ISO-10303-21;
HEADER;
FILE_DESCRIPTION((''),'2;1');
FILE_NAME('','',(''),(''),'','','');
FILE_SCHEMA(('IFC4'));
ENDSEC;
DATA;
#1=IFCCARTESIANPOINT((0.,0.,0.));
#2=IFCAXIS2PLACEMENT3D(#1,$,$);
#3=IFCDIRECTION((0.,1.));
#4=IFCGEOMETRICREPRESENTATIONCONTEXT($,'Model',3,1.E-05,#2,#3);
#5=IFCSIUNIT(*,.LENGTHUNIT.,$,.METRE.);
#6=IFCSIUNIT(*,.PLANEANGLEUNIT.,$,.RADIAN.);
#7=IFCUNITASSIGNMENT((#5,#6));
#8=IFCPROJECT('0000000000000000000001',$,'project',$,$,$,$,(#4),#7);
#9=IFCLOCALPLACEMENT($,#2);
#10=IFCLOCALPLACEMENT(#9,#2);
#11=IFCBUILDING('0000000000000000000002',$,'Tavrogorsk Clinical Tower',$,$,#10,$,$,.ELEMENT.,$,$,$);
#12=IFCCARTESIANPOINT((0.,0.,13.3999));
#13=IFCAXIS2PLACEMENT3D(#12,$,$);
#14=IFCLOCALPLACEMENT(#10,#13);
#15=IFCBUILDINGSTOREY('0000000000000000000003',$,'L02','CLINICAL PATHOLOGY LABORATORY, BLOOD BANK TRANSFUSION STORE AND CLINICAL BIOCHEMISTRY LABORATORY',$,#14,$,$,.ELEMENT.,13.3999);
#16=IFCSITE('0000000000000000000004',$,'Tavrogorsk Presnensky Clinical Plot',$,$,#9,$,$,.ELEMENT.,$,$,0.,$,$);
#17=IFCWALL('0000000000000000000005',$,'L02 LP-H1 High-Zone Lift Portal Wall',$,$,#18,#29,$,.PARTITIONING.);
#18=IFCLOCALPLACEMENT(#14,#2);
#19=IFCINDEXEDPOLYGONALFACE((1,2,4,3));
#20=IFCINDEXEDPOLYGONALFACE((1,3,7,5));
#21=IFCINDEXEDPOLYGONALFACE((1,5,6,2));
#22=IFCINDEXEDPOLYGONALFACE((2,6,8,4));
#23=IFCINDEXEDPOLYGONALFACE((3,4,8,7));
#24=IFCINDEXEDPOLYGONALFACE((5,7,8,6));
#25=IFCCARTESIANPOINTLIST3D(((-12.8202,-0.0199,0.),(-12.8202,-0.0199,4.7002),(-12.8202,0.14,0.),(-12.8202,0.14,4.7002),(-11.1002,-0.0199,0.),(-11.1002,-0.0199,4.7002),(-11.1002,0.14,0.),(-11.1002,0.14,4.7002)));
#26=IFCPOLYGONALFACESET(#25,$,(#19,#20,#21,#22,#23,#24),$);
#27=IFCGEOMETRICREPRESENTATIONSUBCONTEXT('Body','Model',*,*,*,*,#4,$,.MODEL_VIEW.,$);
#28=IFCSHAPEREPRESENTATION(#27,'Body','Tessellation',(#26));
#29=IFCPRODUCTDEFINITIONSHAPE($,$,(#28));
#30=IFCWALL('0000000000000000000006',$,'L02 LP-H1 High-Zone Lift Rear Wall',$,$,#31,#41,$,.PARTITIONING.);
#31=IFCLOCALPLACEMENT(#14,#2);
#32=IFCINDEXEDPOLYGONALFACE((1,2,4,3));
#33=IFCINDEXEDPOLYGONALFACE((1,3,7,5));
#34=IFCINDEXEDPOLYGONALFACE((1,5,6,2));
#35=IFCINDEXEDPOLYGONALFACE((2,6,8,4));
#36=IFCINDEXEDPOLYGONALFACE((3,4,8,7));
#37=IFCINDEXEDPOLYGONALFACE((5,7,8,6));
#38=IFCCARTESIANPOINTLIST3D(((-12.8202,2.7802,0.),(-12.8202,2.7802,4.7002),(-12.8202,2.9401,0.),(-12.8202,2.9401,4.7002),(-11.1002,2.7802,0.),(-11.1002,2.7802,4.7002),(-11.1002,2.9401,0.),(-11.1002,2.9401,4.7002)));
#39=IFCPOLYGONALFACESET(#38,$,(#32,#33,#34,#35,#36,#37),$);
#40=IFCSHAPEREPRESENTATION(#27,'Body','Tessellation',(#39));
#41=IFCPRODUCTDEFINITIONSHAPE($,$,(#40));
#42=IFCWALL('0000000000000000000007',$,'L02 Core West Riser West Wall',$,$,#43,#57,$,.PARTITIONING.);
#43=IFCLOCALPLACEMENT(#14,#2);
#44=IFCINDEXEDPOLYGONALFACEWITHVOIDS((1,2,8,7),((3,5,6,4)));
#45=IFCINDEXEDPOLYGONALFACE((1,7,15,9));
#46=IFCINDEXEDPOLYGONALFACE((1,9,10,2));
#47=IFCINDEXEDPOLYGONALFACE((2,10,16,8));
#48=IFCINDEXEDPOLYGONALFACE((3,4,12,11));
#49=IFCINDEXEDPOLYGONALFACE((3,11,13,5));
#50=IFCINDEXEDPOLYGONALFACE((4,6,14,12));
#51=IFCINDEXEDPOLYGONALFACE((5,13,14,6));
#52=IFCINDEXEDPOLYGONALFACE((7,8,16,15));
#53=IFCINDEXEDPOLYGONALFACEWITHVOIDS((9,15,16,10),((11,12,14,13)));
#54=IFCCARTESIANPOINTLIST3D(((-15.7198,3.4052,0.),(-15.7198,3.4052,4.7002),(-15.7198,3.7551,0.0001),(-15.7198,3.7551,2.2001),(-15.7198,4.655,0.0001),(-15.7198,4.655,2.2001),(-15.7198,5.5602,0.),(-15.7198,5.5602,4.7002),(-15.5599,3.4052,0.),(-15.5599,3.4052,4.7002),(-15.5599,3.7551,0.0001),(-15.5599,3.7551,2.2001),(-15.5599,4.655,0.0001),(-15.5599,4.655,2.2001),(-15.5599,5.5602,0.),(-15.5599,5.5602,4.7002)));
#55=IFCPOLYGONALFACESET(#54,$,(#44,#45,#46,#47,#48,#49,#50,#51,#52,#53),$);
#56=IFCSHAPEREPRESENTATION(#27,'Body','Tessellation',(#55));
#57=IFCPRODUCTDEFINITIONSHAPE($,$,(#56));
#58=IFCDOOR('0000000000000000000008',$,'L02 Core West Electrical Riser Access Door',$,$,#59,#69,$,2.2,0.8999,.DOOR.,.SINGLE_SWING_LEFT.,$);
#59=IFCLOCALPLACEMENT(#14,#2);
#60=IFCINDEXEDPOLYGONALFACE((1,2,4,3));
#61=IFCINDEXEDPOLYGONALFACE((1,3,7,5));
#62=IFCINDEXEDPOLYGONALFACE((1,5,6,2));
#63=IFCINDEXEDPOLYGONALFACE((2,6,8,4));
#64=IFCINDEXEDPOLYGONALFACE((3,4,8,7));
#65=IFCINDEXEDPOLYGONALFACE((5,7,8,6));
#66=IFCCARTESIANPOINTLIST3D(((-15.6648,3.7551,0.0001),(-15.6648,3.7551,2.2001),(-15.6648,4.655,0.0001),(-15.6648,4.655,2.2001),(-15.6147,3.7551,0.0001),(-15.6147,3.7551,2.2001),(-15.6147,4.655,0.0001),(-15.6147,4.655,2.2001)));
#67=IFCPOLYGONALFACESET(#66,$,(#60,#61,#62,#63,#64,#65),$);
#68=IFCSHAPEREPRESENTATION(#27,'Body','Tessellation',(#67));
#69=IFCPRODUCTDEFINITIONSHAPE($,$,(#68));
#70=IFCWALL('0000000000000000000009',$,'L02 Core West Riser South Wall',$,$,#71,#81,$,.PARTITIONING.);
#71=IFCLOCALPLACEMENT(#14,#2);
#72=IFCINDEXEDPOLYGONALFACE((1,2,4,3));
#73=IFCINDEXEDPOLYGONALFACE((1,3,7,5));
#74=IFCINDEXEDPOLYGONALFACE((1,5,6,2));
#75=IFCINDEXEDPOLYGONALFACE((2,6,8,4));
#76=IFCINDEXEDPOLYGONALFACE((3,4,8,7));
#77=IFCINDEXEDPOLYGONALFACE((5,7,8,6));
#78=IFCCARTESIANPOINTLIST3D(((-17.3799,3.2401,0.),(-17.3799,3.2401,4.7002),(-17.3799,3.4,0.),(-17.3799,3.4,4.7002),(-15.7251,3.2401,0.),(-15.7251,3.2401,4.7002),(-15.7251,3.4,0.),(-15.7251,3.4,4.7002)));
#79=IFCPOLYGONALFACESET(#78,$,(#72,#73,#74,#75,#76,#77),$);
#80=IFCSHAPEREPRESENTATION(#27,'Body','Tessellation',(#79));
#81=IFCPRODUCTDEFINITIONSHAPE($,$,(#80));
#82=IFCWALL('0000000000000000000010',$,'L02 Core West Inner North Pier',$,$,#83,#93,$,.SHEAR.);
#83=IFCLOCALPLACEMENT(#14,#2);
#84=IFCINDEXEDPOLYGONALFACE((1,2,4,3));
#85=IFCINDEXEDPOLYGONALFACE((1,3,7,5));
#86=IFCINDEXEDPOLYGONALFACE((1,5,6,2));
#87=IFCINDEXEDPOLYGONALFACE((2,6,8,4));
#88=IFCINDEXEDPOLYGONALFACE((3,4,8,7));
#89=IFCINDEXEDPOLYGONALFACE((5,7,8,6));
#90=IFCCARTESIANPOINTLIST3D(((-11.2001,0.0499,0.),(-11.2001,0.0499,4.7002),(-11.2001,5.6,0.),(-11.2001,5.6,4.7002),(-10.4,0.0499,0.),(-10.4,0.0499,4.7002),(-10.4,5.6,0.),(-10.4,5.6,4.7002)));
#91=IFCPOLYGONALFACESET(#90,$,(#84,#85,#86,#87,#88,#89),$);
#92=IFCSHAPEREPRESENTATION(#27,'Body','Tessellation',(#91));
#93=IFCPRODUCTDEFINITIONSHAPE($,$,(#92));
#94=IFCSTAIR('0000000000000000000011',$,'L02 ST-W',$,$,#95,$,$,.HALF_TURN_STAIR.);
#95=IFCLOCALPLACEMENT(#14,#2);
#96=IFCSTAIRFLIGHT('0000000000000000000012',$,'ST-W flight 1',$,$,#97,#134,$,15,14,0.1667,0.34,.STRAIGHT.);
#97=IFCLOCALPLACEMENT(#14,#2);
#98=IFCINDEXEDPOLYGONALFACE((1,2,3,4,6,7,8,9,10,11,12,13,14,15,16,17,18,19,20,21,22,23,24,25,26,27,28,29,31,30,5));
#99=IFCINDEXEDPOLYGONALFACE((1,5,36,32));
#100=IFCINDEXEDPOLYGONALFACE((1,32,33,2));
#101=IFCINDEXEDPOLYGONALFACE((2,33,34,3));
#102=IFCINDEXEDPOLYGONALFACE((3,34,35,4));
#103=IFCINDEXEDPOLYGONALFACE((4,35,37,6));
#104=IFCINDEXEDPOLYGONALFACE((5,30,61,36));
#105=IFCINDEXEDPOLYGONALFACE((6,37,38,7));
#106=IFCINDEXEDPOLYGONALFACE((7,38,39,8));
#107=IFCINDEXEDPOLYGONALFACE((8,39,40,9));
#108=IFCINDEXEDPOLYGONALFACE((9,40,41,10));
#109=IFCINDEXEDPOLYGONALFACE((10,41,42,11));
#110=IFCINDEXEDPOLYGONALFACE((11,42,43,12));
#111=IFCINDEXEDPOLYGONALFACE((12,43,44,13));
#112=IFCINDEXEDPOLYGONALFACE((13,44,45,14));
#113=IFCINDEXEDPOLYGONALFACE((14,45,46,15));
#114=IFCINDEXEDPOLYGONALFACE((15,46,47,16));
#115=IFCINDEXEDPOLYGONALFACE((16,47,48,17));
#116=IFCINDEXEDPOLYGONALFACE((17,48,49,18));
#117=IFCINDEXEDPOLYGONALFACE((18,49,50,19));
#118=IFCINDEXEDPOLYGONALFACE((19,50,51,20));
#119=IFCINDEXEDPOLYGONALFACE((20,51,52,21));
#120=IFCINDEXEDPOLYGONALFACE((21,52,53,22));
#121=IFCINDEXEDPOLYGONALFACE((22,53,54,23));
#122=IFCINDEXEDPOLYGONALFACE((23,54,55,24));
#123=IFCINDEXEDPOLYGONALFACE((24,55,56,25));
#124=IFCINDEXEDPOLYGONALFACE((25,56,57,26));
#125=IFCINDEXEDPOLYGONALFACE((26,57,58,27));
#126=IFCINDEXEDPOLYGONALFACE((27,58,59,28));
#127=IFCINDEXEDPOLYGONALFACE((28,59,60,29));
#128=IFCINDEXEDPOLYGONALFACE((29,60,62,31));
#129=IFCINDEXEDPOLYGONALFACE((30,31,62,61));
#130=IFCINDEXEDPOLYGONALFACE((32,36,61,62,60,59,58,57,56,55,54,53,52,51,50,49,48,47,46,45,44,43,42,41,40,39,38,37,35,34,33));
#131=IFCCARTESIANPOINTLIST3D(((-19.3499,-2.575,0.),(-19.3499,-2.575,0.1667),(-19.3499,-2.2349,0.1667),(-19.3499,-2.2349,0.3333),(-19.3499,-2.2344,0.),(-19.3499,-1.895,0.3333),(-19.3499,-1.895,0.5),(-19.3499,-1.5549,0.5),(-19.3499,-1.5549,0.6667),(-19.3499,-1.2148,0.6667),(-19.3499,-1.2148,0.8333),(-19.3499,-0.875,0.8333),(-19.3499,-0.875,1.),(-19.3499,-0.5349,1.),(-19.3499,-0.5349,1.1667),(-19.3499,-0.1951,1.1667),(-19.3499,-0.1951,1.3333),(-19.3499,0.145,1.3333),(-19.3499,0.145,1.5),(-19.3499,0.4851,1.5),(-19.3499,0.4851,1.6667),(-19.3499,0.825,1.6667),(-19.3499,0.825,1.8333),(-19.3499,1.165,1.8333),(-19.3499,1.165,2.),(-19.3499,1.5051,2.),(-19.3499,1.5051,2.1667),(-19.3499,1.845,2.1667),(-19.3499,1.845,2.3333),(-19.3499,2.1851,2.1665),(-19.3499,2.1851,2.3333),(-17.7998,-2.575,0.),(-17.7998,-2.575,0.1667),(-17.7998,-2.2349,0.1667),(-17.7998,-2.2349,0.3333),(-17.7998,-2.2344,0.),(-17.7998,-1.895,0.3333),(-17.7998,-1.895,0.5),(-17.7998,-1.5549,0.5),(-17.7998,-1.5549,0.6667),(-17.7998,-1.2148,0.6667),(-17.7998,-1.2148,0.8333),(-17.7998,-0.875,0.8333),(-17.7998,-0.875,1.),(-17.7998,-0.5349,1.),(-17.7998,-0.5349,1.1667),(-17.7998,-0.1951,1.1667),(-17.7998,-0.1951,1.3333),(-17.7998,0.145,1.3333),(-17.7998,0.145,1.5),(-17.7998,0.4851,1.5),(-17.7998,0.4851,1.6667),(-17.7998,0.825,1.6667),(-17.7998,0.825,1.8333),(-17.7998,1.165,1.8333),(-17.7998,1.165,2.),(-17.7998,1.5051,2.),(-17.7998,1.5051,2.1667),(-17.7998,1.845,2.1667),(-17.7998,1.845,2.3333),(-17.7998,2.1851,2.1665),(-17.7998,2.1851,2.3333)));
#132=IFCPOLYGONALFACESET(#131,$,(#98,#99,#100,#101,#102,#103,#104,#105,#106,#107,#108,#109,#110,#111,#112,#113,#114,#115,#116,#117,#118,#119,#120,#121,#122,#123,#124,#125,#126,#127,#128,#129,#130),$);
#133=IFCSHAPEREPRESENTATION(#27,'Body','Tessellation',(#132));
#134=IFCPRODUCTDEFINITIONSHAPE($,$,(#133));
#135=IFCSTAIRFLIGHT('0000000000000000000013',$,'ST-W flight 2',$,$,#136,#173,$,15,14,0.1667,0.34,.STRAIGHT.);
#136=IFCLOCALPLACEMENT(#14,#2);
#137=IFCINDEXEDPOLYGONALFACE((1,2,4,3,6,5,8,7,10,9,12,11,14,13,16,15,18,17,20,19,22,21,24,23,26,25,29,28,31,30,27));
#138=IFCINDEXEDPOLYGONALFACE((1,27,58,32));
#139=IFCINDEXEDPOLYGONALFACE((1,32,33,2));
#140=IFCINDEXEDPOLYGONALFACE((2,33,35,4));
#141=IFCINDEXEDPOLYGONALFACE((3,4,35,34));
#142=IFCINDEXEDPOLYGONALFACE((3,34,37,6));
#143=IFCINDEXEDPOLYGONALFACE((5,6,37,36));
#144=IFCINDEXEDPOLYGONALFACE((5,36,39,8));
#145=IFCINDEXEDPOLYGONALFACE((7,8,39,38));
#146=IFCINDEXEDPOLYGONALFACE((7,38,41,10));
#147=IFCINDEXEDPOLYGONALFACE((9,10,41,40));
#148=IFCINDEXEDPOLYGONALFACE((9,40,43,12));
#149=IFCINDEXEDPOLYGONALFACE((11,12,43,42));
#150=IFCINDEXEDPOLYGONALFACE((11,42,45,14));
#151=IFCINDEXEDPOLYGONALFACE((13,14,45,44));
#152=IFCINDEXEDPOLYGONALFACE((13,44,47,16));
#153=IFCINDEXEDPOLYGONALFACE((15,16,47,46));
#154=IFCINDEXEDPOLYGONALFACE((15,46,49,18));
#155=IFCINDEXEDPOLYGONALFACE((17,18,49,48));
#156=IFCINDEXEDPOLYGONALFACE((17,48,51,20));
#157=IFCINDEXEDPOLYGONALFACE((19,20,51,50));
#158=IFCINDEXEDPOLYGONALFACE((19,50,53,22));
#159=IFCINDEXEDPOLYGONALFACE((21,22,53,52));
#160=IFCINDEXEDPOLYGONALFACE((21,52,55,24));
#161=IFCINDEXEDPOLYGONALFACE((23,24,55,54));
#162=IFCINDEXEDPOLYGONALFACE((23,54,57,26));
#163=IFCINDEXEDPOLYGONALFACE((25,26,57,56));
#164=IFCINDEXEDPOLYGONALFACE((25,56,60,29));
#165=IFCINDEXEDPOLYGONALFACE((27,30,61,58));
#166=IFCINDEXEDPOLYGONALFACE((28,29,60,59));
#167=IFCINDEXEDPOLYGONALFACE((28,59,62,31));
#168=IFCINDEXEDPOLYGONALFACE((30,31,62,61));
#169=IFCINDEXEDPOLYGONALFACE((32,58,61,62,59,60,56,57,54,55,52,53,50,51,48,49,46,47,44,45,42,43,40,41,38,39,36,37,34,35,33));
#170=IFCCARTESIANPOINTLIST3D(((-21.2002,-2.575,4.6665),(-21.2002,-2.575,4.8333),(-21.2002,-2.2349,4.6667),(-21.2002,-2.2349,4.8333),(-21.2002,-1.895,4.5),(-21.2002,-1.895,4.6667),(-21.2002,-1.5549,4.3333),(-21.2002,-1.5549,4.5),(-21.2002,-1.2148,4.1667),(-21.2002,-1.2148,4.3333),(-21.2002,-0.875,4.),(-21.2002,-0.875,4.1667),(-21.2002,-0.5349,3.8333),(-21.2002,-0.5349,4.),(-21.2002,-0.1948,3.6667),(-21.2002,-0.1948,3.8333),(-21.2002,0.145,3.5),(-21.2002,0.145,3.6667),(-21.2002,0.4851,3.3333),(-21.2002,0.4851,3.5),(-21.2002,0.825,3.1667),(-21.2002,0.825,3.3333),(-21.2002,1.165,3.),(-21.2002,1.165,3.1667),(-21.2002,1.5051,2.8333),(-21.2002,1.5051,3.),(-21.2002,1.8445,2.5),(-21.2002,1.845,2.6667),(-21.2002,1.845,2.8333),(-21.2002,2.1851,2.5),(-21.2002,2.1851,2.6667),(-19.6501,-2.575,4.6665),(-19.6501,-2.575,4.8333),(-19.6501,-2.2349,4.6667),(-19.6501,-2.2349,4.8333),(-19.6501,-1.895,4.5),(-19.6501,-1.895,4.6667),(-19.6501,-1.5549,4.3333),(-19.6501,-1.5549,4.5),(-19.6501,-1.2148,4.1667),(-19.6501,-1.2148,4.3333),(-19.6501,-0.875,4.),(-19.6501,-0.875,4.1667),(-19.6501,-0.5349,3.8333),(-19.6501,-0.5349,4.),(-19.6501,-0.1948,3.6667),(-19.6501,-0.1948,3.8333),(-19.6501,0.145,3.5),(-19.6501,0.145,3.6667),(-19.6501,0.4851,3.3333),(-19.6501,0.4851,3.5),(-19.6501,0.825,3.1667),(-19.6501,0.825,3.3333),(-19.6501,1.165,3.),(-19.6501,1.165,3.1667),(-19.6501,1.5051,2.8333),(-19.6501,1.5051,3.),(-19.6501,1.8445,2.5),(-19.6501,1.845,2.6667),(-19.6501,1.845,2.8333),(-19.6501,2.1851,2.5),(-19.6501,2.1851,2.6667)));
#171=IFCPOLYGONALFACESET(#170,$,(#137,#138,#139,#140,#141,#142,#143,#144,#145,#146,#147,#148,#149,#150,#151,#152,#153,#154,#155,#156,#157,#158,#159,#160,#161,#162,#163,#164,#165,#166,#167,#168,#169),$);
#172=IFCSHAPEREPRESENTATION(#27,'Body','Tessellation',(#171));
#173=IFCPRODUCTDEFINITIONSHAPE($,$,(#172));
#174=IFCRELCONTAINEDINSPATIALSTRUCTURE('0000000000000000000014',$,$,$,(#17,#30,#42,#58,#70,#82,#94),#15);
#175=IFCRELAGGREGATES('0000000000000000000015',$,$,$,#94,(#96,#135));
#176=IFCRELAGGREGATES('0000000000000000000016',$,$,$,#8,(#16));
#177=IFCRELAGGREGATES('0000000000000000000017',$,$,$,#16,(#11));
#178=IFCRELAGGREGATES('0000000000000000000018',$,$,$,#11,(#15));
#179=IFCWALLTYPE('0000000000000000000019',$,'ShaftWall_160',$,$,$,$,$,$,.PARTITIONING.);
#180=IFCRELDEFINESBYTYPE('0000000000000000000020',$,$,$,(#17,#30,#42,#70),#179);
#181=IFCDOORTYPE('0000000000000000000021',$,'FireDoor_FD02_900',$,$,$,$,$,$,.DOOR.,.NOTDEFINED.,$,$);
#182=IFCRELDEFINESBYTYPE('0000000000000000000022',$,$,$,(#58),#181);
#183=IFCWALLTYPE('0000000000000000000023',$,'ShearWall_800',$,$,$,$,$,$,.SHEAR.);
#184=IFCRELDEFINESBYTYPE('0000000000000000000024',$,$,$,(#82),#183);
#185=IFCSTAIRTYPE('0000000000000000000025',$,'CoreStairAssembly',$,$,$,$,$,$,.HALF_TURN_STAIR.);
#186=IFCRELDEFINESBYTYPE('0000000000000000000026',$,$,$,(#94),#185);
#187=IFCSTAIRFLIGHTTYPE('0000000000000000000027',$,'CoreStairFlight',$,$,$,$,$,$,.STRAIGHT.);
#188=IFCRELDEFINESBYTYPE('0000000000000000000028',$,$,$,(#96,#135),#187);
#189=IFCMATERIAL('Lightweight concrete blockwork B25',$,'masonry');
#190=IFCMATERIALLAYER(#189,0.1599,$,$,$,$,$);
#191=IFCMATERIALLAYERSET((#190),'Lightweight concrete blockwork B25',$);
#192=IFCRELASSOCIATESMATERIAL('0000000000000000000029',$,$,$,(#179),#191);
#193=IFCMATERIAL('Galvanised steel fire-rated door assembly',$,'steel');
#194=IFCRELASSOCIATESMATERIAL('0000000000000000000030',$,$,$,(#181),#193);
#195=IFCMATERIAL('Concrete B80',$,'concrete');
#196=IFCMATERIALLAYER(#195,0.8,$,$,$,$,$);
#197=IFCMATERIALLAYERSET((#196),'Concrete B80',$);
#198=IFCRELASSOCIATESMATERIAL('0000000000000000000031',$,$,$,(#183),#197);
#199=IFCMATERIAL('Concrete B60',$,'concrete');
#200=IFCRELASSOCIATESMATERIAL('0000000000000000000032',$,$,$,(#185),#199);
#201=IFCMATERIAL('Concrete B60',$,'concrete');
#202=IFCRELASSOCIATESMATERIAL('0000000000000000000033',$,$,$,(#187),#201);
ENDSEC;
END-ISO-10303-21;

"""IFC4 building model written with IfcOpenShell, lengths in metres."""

from ifc_helpers import new_model, si_unit, direction, frame, frame_2d, origin, place, context, subcontext, project, spatial, polyline, rectangle, outline, extrude, material, layer, layer_set, type_object, element, fill, aggregate, save


model = new_model("IFC4")

# Units and contexts
model_context = context("Model", 3, precision=1e-05, world=origin(), true_north=direction((0.0, 1.0)))
body_context = subcontext(model_context, "Body", "Model", "MODEL_VIEW")
ifc_project = project(units=[si_unit("LENGTHUNIT", "METRE"), si_unit("PLANEANGLEUNIT", "RADIAN")], contexts=[model_context])

# Site, building, storey
site_placement = place(None, origin())
site = spatial("IfcSite", under=ifc_project, at=site_placement, Name="Tavrogorsk Presnensky Clinical Plot", CompositionType="ELEMENT", RefElevation=0.0)
building_placement = place(site_placement, origin())
building = spatial("IfcBuilding", under=site, at=building_placement, Name="Tavrogorsk Clinical Tower", CompositionType="ELEMENT")
storey_placement = place(building_placement, frame((0.0, 0.0, 13.3999)))
storey = spatial("IfcBuildingStorey", under=building, at=storey_placement, Name="L02", Description="CLINICAL PATHOLOGY LABORATORY, BLOOD BANK TRANSFUSION STORE AND CLINICAL BIOCHEMISTRY LABORATORY", CompositionType="ELEMENT", Elevation=13.3999)

# Shared definitions
ifc_material_1 = material(Name="Lightweight concrete blockwork B25", Category="masonry")
ifc_layer_1 = layer(ifc_material_1, 0.1599)
ifc_layer_set_1 = layer_set([ifc_layer_1], Name="Lightweight concrete blockwork B25")
wall_type_1 = type_object("IfcWallType", Name="ShaftWall_160", PredefinedType="PARTITIONING", material=ifc_layer_set_1)

# Walls
for number, where, z_axis, x_axis, name in (
    (1, (-12.8201, 0.0601, 0.0), (0.0, 0.0, 1.0), (1.0, 0.0, 0.0), "L02 LP-H1 High-Zone Lift Portal Wall"),
    (2, (-12.8201, 2.8601, 0.0), (0.0, 0.0, 1.0), (1.0, 0.0, 0.0), "L02 LP-H1 High-Zone Lift Rear Wall"),
):
    element("IfcWall", number, at=place(storey_placement, frame(where, z_axis=z_axis, x_axis=x_axis)), inside=storey, type_object=wall_type_1, Name=name, PredefinedType="PARTITIONING", context=body_context, shape_type="SweptSolid", body=[
        extrude(rectangle(XDim=1.72, YDim=0.1599, at=frame_2d((0.8599, 0.0))), origin(), (0.0, 0.0, 1.0), 4.7002),
    ])

# Wall, opening, door
wall_1_placement = place(storey_placement, frame((-15.6399, 3.405, 0.0), z_axis=(0.0, 0.0, 1.0), x_axis=(0.0, 1.0, 0.0)))
wall_1 = element("IfcWall", 3, at=wall_1_placement, inside=storey, type_object=wall_type_1, Name="L02 Core West Riser West Wall", PredefinedType="PARTITIONING", context=body_context, shape_type="SweptSolid", body=[
    extrude(rectangle(XDim=2.155, YDim=0.1599, at=frame_2d((1.0776, 0.0))), origin(), (0.0, 0.0, 1.0), 4.7002),
])
opening_1_placement = place(wall_1_placement, frame((0.3501, 0.0, 0.0)))
opening_1 = element("IfcOpeningElement", 4, at=opening_1_placement, cuts=wall_1, PredefinedType="OPENING", context=body_context, shape_type="SweptSolid", body=[
    extrude(rectangle(XDim=0.8999, YDim=2.2, at=frame_2d((0.45, 1.1001))), frame((0.0, 0.0898, 0.0), z_axis=(0.0, -1.0, 0.0), x_axis=(1.0, 0.0, 0.0)), (0.0, 0.0, 1.0), 0.1799),
])
ifc_material_2 = material(Name="Galvanised steel fire-rated door assembly", Category="steel")
door_type_1 = type_object("IfcDoorType", Name="FireDoor_FD02_900", OperationType="NOTDEFINED", PredefinedType="DOOR", material=ifc_material_2)
door_1_placement = place(opening_1_placement, origin())
door_1 = element("IfcDoor", 5, at=door_1_placement, inside=storey, type_object=door_type_1, Name="L02 Core West Electrical Riser Access Door", OperationType="SINGLE_SWING_LEFT", OverallHeight=2.2, OverallWidth=0.8999, PredefinedType="DOOR", context=body_context, shape_type="SweptSolid", body=[
    extrude(rectangle(XDim=0.8999, YDim=2.2, at=frame_2d((0.45, 1.1001))), frame((0.0, 0.0249, 0.0), z_axis=(0.0, -1.0, 0.0), x_axis=(1.0, 0.0, 0.0)), (0.0, 0.0, 1.0), 0.05),
])
fill(opening_1, door_1)

# Walls
wall_2_placement = place(storey_placement, frame((-17.3799, 3.3201, 0.0), z_axis=(0.0, 0.0, 1.0), x_axis=(1.0, 0.0, 0.0)))
element("IfcWall", 6, at=wall_2_placement, inside=storey, type_object=wall_type_1, Name="L02 Core West Riser South Wall", PredefinedType="PARTITIONING", context=body_context, shape_type="SweptSolid", body=[
    extrude(rectangle(XDim=1.6548, YDim=0.1599, at=frame_2d((0.8274, 0.0))), origin(), (0.0, 0.0, 1.0), 4.7002),
])
ifc_material_3 = material(Name="Concrete B80", Category="concrete")
ifc_layer_2 = layer(ifc_material_3, 0.8)
ifc_layer_set_2 = layer_set([ifc_layer_2], Name="Concrete B80")
wall_type_2 = type_object("IfcWallType", Name="ShearWall_800", PredefinedType="SHEAR", material=ifc_layer_set_2)
wall_3_placement = place(storey_placement, frame((-10.8, 0.05, 0.0), z_axis=(0.0, 0.0, 1.0), x_axis=(0.0, 1.0, 0.0)))
element("IfcWall", 7, at=wall_3_placement, inside=storey, type_object=wall_type_2, Name="L02 Core West Inner North Pier", PredefinedType="SHEAR", context=body_context, shape_type="SweptSolid", body=[
    extrude(rectangle(XDim=5.55, YDim=0.8, at=frame_2d((2.7749, 0.0))), origin(), (0.0, 0.0, 1.0), 4.7002),
])

# Stair, stair flights
ifc_material_4 = material(Name="Concrete B60", Category="concrete")
stair_type = type_object("IfcStairType", Name="CoreStairAssembly", PredefinedType="HALF_TURN_STAIR", material=ifc_material_4)
stair_placement = place(storey_placement, origin())
stair = element("IfcStair", 8, at=stair_placement, inside=storey, type_object=stair_type, Name="L02 ST-W", PredefinedType="HALF_TURN_STAIR")
ifc_material_5 = material(Name="Concrete B60", Category="concrete")
stair_flight_type = type_object("IfcStairFlightType", Name="CoreStairFlight", PredefinedType="STRAIGHT", material=ifc_material_5)
stair_flight_1_placement = place(storey_placement, frame((-18.575, -2.575, 0.0), z_axis=(0.0, 0.0, 1.0), x_axis=(0.0, 1.0, 0.0)))
stair_flight_1 = element("IfcStairFlight", 9, at=stair_flight_1_placement, type_object=stair_flight_type, Name="ST-W flight 1", NumberOfRisers=15, NumberOfTreads=14, PredefinedType="STRAIGHT", RiserHeight=0.1667, TreadLength=0.34, context=body_context, shape_type="SweptSolid", body=[
    extrude(outline(polyline([(0.0, 0.0), (0.0, 0.1667), (0.3401, 0.1667), (0.3401, 0.3333), (0.6799, 0.3333), (0.6799, 0.5), (1.02, 0.5), (1.02, 0.6667), (1.3601, 0.6667), (1.3601, 0.8333), (1.7, 0.8333), (1.7, 1.0), (2.04, 1.0), (2.04, 1.1667), (2.3799, 1.1667), (2.3799, 1.3333), (2.72, 1.3333), (2.72, 1.5), (3.0601, 1.5), (3.0601, 1.6667), (3.3999, 1.6667), (3.3999, 1.8333), (3.74, 1.8333), (3.74, 2.0), (4.0801, 2.0), (4.0801, 2.1667), (4.4199, 2.1667), (4.4199, 2.3333), (4.76, 2.3333), (4.76, 2.5), (4.76, 2.1665), (0.3406, 0.0), (0.0, 0.0)])), frame((0.0, 0.7749, 0.0), z_axis=(0.0, -1.0, 0.0), x_axis=(1.0, 0.0, 0.0)), (0.0, 0.0, 1.0), 1.55),
])
stair_flight_2_placement = place(storey_placement, frame((-20.425, 2.1851, 2.5), z_axis=(0.0, 0.0, 1.0), x_axis=(0.0, -1.0, 0.0)))
stair_flight_2 = element("IfcStairFlight", 10, at=stair_flight_2_placement, type_object=stair_flight_type, Name="ST-W flight 2", NumberOfRisers=15, NumberOfTreads=14, PredefinedType="STRAIGHT", RiserHeight=0.1667, TreadLength=0.34, context=body_context, shape_type="SweptSolid", body=[
    extrude(outline(polyline([(0.0, 0.0), (0.0, 0.1667), (0.3401, 0.1667), (0.3401, 0.3333), (0.6799, 0.3333), (0.6799, 0.5), (1.02, 0.5), (1.02, 0.6667), (1.3601, 0.6667), (1.3601, 0.8333), (1.7, 0.8333), (1.7, 1.0), (2.04, 1.0), (2.04, 1.1667), (2.3799, 1.1667), (2.3799, 1.3333), (2.72, 1.3333), (2.72, 1.5), (3.0601, 1.5), (3.0601, 1.6667), (3.3999, 1.6667), (3.3999, 1.8333), (3.74, 1.8333), (3.74, 2.0), (4.0801, 2.0), (4.0801, 2.1667), (4.4199, 2.1667), (4.4199, 2.3333), (4.76, 2.3333), (4.76, 2.5), (4.76, 2.1665), (0.3406, 0.0), (0.0, 0.0)])), frame((0.0, 0.7749, 0.0), z_axis=(0.0, -1.0, 0.0), x_axis=(1.0, 0.0, 0.0)), (0.0, 0.0, 1.0), 1.55),
])
aggregate(stair, [stair_flight_1, stair_flight_2])

save(model, "model.ifc")
